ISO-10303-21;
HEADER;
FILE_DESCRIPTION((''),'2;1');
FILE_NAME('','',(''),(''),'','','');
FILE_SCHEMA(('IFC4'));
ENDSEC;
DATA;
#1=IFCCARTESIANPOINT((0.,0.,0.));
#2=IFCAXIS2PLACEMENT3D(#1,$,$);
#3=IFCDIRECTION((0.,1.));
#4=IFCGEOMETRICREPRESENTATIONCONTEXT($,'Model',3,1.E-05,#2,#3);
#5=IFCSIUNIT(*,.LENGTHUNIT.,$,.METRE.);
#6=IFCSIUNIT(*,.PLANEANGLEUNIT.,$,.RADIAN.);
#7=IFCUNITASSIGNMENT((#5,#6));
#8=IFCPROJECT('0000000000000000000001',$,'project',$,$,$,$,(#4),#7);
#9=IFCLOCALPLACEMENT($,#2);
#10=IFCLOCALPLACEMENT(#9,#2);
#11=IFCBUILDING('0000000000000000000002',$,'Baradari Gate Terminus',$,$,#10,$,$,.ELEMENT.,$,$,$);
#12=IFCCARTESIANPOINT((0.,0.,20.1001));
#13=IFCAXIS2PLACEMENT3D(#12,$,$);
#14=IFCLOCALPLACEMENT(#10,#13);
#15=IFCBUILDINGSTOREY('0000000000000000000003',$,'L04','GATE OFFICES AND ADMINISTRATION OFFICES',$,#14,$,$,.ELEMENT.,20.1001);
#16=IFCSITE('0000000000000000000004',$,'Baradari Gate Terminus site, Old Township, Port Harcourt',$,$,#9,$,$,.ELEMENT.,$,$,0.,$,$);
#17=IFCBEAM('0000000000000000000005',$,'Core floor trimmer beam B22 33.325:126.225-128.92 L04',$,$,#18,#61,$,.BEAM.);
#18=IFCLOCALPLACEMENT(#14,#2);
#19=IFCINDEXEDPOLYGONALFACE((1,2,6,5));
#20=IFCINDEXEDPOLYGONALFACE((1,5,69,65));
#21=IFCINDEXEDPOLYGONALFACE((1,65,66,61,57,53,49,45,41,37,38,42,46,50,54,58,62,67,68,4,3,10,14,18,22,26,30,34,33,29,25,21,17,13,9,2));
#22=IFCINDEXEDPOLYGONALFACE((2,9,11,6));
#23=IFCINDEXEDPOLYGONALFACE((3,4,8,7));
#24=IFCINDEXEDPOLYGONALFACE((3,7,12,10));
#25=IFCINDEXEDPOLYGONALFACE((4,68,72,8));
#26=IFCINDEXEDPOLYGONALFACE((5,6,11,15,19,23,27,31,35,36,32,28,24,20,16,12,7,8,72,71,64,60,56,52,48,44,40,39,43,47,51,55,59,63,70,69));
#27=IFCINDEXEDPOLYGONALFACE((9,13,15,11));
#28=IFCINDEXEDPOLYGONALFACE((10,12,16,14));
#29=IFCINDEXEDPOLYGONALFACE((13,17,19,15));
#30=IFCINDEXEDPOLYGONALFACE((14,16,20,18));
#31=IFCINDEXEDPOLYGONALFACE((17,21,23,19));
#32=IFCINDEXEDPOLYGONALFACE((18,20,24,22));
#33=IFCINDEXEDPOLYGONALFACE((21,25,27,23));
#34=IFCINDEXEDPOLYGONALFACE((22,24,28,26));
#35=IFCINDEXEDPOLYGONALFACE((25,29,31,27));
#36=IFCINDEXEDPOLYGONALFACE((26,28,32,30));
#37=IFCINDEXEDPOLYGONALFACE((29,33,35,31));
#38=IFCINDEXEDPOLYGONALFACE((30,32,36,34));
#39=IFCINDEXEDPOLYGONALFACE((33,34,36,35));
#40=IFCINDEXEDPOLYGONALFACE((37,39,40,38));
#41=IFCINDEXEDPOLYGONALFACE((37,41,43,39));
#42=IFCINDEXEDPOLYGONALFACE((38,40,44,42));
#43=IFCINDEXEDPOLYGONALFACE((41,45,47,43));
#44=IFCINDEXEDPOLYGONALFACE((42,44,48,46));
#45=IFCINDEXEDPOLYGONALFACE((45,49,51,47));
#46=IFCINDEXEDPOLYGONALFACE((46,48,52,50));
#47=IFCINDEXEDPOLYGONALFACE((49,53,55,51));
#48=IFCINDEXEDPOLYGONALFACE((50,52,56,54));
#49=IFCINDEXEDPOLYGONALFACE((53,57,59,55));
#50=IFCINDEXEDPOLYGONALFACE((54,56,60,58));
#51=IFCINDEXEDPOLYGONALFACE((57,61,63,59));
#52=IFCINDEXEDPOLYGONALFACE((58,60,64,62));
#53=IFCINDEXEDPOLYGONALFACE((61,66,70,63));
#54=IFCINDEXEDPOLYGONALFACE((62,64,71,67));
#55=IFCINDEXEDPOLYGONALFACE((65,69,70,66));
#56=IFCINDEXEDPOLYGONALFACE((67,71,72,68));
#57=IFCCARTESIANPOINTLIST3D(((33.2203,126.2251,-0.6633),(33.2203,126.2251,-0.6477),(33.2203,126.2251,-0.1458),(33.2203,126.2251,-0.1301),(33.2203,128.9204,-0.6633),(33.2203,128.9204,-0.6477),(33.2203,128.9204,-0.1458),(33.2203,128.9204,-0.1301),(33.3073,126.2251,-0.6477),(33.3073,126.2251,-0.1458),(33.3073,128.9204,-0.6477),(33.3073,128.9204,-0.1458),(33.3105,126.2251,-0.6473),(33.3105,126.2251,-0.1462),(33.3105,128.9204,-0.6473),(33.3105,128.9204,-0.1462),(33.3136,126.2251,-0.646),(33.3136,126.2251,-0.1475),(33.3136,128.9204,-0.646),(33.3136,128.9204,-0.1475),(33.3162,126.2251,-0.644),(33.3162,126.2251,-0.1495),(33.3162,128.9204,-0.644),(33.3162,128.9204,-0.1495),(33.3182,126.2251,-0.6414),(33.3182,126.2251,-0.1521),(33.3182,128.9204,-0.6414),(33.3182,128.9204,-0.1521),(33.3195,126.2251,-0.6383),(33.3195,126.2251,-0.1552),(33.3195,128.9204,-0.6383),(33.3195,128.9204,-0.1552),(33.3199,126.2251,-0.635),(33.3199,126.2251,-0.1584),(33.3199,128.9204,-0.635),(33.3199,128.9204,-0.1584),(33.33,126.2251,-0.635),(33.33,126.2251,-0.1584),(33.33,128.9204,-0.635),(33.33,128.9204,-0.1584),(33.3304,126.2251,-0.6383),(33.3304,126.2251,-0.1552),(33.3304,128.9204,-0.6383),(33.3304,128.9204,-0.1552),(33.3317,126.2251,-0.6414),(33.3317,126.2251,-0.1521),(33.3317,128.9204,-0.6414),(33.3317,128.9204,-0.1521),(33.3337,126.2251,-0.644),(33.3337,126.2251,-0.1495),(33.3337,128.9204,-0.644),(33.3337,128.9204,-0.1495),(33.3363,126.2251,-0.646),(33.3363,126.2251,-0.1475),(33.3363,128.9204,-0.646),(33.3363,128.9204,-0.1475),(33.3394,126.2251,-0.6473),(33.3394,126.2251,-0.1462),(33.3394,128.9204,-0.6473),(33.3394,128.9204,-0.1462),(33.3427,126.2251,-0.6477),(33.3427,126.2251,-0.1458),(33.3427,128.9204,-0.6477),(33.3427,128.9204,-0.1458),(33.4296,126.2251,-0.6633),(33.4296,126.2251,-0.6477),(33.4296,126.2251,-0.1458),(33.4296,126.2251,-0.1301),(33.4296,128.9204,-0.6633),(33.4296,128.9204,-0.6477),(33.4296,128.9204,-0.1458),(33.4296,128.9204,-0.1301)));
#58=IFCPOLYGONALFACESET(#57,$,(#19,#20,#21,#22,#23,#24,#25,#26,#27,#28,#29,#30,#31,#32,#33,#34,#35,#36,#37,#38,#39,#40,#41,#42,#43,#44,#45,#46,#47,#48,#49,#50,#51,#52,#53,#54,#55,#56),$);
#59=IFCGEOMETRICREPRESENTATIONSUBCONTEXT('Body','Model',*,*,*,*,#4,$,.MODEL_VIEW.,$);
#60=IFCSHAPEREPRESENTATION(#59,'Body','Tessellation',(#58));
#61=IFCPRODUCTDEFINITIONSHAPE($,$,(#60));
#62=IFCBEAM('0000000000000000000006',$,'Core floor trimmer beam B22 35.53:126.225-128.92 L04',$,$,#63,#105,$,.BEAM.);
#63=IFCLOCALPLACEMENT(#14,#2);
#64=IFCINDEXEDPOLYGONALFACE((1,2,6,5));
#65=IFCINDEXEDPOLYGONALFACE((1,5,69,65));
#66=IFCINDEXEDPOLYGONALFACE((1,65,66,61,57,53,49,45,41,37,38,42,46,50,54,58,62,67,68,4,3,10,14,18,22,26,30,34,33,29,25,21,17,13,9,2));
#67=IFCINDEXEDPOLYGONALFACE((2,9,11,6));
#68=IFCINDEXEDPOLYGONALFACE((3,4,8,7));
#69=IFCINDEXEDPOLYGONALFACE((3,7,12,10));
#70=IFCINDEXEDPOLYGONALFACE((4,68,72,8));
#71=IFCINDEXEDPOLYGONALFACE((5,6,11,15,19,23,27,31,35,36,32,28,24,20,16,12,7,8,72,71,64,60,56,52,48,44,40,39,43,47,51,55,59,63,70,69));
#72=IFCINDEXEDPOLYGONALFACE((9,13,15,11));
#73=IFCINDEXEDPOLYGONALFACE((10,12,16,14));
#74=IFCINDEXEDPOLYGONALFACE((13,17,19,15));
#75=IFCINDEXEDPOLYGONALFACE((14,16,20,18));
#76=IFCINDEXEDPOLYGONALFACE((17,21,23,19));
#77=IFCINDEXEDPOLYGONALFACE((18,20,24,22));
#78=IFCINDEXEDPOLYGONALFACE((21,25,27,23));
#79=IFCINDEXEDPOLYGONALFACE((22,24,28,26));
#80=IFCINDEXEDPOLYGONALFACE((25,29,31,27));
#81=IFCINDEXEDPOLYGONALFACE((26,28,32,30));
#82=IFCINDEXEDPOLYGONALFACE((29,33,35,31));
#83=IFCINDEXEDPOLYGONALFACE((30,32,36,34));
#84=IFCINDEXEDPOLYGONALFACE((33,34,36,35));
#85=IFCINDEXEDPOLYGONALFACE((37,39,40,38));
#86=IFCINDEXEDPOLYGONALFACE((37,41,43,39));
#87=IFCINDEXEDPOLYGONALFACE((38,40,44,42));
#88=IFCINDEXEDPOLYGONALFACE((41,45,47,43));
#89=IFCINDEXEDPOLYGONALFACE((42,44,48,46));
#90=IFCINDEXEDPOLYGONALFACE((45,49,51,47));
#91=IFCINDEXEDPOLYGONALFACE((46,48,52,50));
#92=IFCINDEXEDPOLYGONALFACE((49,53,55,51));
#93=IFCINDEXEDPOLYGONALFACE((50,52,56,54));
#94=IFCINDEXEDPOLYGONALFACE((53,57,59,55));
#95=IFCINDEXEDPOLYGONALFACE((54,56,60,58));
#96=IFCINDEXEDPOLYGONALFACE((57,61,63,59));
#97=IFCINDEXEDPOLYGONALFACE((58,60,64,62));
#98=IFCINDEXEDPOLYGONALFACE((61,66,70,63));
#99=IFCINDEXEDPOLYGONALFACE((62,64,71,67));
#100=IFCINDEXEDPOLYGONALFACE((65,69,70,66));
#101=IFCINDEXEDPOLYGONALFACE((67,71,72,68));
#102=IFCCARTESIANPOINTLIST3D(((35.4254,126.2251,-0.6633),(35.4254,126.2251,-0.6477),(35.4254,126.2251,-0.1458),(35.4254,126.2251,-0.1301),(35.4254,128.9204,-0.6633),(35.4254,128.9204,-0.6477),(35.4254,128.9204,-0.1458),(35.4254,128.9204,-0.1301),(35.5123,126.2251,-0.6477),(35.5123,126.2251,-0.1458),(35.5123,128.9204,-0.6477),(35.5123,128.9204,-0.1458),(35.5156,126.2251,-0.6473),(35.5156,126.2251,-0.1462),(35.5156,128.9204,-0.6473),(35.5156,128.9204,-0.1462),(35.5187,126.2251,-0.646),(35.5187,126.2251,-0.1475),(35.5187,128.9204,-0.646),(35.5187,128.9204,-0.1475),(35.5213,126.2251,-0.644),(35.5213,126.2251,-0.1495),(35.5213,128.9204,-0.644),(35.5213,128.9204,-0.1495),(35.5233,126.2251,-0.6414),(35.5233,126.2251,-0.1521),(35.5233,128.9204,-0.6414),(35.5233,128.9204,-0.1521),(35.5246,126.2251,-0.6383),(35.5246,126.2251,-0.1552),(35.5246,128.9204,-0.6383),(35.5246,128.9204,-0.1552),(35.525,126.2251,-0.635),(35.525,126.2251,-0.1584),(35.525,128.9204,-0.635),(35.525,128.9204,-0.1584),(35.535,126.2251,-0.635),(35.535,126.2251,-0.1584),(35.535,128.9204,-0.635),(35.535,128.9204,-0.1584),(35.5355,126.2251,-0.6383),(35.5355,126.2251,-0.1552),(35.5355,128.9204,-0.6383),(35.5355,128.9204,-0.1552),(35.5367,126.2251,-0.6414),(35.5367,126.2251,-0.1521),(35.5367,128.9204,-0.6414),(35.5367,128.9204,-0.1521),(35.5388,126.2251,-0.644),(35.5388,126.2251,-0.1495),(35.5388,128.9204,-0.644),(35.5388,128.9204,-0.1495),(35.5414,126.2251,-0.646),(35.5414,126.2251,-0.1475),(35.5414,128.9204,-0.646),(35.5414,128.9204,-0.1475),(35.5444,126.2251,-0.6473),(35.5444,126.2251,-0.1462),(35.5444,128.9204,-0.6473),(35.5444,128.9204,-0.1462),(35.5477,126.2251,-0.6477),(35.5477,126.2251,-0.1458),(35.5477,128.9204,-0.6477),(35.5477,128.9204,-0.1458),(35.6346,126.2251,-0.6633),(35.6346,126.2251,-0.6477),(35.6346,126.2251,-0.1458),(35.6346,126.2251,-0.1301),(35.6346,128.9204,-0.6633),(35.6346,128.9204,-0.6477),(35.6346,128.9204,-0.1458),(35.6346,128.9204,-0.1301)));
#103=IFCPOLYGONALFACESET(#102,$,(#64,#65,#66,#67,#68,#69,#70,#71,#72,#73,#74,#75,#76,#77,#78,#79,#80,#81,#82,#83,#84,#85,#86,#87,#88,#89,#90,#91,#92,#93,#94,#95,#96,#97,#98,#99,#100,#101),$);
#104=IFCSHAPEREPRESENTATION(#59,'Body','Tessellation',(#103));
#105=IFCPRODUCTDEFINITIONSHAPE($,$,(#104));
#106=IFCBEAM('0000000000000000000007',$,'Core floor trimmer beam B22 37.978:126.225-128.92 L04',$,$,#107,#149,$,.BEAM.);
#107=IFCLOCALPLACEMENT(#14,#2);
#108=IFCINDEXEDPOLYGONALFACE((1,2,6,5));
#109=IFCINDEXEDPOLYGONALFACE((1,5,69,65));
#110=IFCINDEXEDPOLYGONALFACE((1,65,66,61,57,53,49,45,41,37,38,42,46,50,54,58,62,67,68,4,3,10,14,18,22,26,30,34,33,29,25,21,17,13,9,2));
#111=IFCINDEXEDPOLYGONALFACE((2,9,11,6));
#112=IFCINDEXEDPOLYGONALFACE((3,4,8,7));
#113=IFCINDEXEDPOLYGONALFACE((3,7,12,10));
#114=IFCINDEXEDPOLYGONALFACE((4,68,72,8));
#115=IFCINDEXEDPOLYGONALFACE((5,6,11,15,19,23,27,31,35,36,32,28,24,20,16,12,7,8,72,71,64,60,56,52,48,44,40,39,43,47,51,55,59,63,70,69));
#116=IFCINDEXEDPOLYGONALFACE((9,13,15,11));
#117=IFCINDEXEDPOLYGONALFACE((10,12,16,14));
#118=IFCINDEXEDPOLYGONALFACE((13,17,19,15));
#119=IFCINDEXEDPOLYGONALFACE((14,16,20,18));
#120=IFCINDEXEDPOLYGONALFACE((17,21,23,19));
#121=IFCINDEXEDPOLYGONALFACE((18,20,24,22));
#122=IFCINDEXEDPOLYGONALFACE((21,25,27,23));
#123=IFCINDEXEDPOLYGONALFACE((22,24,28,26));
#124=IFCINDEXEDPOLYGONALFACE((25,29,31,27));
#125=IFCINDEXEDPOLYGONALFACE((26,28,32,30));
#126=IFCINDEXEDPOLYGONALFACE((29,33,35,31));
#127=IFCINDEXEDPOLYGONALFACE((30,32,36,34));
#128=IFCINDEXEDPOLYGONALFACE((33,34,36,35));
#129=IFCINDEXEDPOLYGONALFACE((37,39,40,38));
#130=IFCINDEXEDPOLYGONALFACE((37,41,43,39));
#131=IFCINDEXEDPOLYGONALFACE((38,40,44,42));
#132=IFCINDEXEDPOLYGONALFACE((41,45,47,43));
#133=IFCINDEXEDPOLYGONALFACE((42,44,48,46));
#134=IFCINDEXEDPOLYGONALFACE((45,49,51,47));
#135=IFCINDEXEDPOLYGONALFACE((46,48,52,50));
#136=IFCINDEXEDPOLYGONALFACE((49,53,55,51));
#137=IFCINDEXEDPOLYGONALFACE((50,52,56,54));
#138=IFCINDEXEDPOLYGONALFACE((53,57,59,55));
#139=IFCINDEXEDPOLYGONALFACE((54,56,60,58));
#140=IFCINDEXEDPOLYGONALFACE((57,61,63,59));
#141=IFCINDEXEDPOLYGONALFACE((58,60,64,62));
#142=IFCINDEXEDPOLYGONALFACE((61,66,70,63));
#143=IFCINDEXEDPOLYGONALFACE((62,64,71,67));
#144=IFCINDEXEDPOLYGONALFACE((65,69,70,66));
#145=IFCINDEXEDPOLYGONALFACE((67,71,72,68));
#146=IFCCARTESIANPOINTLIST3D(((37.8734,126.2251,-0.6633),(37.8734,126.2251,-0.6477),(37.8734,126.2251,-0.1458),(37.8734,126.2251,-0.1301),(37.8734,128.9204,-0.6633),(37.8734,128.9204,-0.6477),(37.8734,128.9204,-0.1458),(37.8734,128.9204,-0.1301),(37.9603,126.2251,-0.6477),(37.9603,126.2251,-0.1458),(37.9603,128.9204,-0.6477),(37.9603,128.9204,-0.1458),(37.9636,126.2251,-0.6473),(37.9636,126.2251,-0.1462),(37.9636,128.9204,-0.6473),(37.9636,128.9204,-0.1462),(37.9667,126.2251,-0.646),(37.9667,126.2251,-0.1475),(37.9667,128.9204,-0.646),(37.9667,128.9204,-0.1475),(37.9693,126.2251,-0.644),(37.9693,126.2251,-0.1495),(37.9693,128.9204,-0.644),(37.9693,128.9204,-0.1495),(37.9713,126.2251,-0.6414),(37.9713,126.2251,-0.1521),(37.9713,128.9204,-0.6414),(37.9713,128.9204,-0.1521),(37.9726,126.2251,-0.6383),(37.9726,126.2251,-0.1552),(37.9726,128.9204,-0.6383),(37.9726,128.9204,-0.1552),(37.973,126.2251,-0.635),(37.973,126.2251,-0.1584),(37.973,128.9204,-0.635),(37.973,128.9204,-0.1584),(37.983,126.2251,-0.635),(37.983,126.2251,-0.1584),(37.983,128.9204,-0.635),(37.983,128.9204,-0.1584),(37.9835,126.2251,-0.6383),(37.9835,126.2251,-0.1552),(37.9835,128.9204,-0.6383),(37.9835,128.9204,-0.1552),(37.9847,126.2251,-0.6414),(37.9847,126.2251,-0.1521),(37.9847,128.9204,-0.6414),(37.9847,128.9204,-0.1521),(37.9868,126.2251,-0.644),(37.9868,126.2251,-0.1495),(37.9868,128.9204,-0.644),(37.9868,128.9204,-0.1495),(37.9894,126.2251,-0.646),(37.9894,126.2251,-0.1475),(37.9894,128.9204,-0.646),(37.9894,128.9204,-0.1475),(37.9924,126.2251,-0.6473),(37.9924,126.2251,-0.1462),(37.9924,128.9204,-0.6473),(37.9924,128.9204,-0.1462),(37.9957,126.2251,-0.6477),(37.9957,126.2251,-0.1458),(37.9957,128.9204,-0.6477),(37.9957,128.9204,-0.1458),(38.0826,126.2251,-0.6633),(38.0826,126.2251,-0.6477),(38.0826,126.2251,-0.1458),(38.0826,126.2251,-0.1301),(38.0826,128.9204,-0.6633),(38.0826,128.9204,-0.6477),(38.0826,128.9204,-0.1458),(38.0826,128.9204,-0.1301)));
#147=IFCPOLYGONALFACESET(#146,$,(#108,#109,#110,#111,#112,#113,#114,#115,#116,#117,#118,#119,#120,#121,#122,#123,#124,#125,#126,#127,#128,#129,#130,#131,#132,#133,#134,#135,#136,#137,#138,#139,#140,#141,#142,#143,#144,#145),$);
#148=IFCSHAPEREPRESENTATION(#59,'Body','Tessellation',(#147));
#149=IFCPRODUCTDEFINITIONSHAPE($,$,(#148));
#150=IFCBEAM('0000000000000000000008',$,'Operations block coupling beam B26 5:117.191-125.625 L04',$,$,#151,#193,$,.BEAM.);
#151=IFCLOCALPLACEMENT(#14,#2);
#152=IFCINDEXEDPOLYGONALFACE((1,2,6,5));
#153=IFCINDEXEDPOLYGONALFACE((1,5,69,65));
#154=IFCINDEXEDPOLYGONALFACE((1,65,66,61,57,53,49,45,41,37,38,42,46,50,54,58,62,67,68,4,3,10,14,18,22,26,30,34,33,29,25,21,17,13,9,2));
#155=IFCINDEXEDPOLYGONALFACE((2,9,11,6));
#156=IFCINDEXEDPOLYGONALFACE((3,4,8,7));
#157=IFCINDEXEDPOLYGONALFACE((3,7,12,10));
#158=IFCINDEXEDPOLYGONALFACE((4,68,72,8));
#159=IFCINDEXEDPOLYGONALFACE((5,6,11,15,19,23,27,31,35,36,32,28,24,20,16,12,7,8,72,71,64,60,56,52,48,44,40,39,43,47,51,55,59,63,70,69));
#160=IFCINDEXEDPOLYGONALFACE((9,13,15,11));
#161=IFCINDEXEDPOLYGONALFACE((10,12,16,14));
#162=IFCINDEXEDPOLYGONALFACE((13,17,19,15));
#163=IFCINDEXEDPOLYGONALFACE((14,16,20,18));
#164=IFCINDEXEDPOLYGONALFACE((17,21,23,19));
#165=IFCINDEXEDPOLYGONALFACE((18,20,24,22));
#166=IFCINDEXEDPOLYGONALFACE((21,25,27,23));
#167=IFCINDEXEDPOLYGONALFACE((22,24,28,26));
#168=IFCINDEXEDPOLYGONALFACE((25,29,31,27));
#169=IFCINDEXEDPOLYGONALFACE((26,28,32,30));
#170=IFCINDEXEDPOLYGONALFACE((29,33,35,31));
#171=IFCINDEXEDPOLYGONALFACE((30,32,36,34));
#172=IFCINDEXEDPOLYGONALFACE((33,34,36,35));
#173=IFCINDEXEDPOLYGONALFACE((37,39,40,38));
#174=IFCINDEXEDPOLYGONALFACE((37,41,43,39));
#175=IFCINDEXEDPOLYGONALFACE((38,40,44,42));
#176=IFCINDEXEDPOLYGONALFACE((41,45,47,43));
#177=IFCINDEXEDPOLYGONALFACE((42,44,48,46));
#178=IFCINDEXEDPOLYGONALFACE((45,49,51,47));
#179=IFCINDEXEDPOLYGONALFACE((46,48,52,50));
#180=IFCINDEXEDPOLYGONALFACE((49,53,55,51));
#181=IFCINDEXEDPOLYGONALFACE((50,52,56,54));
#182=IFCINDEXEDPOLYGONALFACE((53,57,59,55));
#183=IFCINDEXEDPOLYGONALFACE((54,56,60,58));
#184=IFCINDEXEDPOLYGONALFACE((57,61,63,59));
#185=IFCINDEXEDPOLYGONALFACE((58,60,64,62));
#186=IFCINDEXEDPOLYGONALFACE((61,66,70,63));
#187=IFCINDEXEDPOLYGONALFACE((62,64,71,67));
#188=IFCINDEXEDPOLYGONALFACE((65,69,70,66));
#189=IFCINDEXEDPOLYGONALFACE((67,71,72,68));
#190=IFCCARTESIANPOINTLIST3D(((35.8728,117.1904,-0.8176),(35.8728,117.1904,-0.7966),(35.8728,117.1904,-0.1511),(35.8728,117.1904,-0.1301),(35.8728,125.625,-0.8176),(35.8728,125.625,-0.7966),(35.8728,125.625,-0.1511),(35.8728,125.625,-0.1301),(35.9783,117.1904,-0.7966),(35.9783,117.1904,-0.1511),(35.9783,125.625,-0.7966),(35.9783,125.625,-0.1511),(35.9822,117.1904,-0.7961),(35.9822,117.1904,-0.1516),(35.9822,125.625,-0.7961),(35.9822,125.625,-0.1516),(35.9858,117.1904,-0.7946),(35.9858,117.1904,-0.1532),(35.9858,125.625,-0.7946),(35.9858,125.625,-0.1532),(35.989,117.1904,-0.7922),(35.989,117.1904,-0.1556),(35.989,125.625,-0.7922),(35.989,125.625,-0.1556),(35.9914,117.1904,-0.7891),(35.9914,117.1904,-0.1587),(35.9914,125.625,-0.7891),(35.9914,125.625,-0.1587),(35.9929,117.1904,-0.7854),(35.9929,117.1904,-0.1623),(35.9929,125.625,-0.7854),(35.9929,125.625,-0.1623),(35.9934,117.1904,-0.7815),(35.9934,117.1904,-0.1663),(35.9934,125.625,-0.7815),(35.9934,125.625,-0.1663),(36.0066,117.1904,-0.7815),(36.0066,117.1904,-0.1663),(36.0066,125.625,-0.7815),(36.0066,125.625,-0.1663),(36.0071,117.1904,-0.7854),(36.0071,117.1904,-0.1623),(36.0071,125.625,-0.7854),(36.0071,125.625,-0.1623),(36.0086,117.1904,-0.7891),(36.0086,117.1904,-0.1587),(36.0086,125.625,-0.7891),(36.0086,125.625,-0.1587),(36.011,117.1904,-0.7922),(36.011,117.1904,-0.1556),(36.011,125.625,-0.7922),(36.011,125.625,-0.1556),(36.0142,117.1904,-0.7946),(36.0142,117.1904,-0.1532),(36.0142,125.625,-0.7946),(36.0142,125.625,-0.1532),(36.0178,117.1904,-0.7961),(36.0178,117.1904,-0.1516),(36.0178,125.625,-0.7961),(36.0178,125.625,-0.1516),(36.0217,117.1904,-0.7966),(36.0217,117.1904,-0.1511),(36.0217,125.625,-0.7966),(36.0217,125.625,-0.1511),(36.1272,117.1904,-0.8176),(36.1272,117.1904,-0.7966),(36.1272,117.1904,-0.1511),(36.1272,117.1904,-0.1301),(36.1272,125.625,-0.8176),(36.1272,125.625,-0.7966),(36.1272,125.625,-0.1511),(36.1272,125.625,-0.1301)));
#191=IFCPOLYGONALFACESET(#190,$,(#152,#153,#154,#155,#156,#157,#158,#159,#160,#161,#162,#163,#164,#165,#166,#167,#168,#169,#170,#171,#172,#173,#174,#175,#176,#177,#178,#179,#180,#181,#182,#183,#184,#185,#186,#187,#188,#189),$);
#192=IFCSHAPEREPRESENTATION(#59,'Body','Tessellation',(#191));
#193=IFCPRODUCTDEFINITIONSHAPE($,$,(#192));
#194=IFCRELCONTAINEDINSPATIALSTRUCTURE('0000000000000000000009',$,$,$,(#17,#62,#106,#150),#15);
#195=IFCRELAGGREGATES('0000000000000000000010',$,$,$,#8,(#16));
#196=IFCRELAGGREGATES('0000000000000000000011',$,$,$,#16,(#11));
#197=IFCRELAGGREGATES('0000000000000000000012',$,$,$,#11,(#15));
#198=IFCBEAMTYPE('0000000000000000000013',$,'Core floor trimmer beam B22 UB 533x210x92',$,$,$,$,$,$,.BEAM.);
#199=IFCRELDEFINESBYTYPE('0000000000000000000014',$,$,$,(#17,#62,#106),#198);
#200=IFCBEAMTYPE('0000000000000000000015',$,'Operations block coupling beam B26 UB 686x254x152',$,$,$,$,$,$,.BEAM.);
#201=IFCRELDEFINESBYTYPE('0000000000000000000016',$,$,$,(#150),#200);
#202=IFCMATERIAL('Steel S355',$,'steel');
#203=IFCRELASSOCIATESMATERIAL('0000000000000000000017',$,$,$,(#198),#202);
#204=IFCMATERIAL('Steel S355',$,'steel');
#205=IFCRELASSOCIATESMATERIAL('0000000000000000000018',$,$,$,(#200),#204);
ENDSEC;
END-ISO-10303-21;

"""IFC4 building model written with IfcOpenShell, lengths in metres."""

from ifc_helpers import new_model, si_unit, direction, frame, origin, origin_2d, place, context, subcontext, project, spatial, i_section, extrude, material, material_profile, profile_set, type_object, element, save


model = new_model("IFC4")

# Units and contexts
model_context = context("Model", 3, precision=1e-05, world=origin(), true_north=direction((0.0, 1.0)))
body_context = subcontext(model_context, "Body", "Model", "MODEL_VIEW")
ifc_project = project(units=[si_unit("LENGTHUNIT", "METRE"), si_unit("PLANEANGLEUNIT", "RADIAN")], contexts=[model_context])

# Site, building, storey
site_placement = place(None, origin())
site = spatial("IfcSite", under=ifc_project, at=site_placement, Name="Baradari Gate Terminus site, Old Township, Port Harcourt", CompositionType="ELEMENT", RefElevation=0.0)
building_placement = place(site_placement, origin())
building = spatial("IfcBuilding", under=site, at=building_placement, Name="Baradari Gate Terminus", CompositionType="ELEMENT")
storey_placement = place(building_placement, frame((0.0, 0.0, 20.1001)))
storey = spatial("IfcBuildingStorey", under=building, at=storey_placement, Name="L04", Description="GATE OFFICES AND ADMINISTRATION OFFICES", CompositionType="ELEMENT", Elevation=20.1001)

# Beams
ifc_material_1 = material(Name="Steel S355", Category="steel")
ifc_material_profile_1 = material_profile(ifc_material_1, i_section(OverallWidth=0.2092, OverallDepth=0.5332, WebThickness=0.01, FlangeThickness=0.0156, FilletRadius=0.0127, at=origin_2d()), Name="UB 533x210x92")
ifc_profile_set_1 = profile_set([ifc_material_profile_1], Name="Steel S355")
beam_type_1 = type_object("IfcBeamType", Name="Core floor trimmer beam B22 UB 533x210x92", PredefinedType="BEAM", material=ifc_profile_set_1)
for number, where, z_axis, x_axis, name in (
    (1, (33.325, 126.2251, -0.3967), (0.0, 1.0, 0.0), (-1.0, 0.0, 0.0), "Core floor trimmer beam B22 33.325:126.225-128.92 L04"),
    (2, (35.53, 126.2251, -0.3967), (0.0, 1.0, 0.0), (-1.0, 0.0, 0.0), "Core floor trimmer beam B22 35.53:126.225-128.92 L04"),
    (3, (37.978, 126.2251, -0.3967), (0.0, 1.0, 0.0), (-1.0, 0.0, 0.0), "Core floor trimmer beam B22 37.978:126.225-128.92 L04"),
):
    element("IfcBeam", number, at=place(storey_placement, frame(where, z_axis=z_axis, x_axis=x_axis)), inside=storey, type_object=beam_type_1, Name=name, PredefinedType="BEAM", context=body_context, shape_type="SweptSolid", body=[
        extrude(i_section(OverallWidth=0.2092, OverallDepth=0.5332, WebThickness=0.01, FlangeThickness=0.0156, FilletRadius=0.0127, at=origin_2d()), origin(), (0.0, 0.0, 1.0), 2.6953),
    ])
ifc_material_2 = material(Name="Steel S355", Category="steel")
ifc_material_profile_2 = material_profile(ifc_material_2, i_section(OverallWidth=0.2544, OverallDepth=0.6875, WebThickness=0.0132, FlangeThickness=0.021, FilletRadius=0.0151, at=origin_2d()), Name="UB 686x254x152")
ifc_profile_set_2 = profile_set([ifc_material_profile_2], Name="Steel S355")
beam_type_2 = type_object("IfcBeamType", Name="Operations block coupling beam B26 UB 686x254x152", PredefinedType="BEAM", material=ifc_profile_set_2)
beam_1_placement = place(storey_placement, frame((36.0, 117.1904, -0.4739), z_axis=(0.0, 1.0, 0.0), x_axis=(-1.0, 0.0, 0.0)))
element("IfcBeam", 4, at=beam_1_placement, inside=storey, type_object=beam_type_2, Name="Operations block coupling beam B26 5:117.191-125.625 L04", PredefinedType="BEAM", context=body_context, shape_type="SweptSolid", body=[
    extrude(i_section(OverallWidth=0.2544, OverallDepth=0.6875, WebThickness=0.0132, FlangeThickness=0.021, FilletRadius=0.0151, at=origin_2d()), origin(), (0.0, 0.0, 1.0), 8.4346),
])

save(model, "model.ifc")
